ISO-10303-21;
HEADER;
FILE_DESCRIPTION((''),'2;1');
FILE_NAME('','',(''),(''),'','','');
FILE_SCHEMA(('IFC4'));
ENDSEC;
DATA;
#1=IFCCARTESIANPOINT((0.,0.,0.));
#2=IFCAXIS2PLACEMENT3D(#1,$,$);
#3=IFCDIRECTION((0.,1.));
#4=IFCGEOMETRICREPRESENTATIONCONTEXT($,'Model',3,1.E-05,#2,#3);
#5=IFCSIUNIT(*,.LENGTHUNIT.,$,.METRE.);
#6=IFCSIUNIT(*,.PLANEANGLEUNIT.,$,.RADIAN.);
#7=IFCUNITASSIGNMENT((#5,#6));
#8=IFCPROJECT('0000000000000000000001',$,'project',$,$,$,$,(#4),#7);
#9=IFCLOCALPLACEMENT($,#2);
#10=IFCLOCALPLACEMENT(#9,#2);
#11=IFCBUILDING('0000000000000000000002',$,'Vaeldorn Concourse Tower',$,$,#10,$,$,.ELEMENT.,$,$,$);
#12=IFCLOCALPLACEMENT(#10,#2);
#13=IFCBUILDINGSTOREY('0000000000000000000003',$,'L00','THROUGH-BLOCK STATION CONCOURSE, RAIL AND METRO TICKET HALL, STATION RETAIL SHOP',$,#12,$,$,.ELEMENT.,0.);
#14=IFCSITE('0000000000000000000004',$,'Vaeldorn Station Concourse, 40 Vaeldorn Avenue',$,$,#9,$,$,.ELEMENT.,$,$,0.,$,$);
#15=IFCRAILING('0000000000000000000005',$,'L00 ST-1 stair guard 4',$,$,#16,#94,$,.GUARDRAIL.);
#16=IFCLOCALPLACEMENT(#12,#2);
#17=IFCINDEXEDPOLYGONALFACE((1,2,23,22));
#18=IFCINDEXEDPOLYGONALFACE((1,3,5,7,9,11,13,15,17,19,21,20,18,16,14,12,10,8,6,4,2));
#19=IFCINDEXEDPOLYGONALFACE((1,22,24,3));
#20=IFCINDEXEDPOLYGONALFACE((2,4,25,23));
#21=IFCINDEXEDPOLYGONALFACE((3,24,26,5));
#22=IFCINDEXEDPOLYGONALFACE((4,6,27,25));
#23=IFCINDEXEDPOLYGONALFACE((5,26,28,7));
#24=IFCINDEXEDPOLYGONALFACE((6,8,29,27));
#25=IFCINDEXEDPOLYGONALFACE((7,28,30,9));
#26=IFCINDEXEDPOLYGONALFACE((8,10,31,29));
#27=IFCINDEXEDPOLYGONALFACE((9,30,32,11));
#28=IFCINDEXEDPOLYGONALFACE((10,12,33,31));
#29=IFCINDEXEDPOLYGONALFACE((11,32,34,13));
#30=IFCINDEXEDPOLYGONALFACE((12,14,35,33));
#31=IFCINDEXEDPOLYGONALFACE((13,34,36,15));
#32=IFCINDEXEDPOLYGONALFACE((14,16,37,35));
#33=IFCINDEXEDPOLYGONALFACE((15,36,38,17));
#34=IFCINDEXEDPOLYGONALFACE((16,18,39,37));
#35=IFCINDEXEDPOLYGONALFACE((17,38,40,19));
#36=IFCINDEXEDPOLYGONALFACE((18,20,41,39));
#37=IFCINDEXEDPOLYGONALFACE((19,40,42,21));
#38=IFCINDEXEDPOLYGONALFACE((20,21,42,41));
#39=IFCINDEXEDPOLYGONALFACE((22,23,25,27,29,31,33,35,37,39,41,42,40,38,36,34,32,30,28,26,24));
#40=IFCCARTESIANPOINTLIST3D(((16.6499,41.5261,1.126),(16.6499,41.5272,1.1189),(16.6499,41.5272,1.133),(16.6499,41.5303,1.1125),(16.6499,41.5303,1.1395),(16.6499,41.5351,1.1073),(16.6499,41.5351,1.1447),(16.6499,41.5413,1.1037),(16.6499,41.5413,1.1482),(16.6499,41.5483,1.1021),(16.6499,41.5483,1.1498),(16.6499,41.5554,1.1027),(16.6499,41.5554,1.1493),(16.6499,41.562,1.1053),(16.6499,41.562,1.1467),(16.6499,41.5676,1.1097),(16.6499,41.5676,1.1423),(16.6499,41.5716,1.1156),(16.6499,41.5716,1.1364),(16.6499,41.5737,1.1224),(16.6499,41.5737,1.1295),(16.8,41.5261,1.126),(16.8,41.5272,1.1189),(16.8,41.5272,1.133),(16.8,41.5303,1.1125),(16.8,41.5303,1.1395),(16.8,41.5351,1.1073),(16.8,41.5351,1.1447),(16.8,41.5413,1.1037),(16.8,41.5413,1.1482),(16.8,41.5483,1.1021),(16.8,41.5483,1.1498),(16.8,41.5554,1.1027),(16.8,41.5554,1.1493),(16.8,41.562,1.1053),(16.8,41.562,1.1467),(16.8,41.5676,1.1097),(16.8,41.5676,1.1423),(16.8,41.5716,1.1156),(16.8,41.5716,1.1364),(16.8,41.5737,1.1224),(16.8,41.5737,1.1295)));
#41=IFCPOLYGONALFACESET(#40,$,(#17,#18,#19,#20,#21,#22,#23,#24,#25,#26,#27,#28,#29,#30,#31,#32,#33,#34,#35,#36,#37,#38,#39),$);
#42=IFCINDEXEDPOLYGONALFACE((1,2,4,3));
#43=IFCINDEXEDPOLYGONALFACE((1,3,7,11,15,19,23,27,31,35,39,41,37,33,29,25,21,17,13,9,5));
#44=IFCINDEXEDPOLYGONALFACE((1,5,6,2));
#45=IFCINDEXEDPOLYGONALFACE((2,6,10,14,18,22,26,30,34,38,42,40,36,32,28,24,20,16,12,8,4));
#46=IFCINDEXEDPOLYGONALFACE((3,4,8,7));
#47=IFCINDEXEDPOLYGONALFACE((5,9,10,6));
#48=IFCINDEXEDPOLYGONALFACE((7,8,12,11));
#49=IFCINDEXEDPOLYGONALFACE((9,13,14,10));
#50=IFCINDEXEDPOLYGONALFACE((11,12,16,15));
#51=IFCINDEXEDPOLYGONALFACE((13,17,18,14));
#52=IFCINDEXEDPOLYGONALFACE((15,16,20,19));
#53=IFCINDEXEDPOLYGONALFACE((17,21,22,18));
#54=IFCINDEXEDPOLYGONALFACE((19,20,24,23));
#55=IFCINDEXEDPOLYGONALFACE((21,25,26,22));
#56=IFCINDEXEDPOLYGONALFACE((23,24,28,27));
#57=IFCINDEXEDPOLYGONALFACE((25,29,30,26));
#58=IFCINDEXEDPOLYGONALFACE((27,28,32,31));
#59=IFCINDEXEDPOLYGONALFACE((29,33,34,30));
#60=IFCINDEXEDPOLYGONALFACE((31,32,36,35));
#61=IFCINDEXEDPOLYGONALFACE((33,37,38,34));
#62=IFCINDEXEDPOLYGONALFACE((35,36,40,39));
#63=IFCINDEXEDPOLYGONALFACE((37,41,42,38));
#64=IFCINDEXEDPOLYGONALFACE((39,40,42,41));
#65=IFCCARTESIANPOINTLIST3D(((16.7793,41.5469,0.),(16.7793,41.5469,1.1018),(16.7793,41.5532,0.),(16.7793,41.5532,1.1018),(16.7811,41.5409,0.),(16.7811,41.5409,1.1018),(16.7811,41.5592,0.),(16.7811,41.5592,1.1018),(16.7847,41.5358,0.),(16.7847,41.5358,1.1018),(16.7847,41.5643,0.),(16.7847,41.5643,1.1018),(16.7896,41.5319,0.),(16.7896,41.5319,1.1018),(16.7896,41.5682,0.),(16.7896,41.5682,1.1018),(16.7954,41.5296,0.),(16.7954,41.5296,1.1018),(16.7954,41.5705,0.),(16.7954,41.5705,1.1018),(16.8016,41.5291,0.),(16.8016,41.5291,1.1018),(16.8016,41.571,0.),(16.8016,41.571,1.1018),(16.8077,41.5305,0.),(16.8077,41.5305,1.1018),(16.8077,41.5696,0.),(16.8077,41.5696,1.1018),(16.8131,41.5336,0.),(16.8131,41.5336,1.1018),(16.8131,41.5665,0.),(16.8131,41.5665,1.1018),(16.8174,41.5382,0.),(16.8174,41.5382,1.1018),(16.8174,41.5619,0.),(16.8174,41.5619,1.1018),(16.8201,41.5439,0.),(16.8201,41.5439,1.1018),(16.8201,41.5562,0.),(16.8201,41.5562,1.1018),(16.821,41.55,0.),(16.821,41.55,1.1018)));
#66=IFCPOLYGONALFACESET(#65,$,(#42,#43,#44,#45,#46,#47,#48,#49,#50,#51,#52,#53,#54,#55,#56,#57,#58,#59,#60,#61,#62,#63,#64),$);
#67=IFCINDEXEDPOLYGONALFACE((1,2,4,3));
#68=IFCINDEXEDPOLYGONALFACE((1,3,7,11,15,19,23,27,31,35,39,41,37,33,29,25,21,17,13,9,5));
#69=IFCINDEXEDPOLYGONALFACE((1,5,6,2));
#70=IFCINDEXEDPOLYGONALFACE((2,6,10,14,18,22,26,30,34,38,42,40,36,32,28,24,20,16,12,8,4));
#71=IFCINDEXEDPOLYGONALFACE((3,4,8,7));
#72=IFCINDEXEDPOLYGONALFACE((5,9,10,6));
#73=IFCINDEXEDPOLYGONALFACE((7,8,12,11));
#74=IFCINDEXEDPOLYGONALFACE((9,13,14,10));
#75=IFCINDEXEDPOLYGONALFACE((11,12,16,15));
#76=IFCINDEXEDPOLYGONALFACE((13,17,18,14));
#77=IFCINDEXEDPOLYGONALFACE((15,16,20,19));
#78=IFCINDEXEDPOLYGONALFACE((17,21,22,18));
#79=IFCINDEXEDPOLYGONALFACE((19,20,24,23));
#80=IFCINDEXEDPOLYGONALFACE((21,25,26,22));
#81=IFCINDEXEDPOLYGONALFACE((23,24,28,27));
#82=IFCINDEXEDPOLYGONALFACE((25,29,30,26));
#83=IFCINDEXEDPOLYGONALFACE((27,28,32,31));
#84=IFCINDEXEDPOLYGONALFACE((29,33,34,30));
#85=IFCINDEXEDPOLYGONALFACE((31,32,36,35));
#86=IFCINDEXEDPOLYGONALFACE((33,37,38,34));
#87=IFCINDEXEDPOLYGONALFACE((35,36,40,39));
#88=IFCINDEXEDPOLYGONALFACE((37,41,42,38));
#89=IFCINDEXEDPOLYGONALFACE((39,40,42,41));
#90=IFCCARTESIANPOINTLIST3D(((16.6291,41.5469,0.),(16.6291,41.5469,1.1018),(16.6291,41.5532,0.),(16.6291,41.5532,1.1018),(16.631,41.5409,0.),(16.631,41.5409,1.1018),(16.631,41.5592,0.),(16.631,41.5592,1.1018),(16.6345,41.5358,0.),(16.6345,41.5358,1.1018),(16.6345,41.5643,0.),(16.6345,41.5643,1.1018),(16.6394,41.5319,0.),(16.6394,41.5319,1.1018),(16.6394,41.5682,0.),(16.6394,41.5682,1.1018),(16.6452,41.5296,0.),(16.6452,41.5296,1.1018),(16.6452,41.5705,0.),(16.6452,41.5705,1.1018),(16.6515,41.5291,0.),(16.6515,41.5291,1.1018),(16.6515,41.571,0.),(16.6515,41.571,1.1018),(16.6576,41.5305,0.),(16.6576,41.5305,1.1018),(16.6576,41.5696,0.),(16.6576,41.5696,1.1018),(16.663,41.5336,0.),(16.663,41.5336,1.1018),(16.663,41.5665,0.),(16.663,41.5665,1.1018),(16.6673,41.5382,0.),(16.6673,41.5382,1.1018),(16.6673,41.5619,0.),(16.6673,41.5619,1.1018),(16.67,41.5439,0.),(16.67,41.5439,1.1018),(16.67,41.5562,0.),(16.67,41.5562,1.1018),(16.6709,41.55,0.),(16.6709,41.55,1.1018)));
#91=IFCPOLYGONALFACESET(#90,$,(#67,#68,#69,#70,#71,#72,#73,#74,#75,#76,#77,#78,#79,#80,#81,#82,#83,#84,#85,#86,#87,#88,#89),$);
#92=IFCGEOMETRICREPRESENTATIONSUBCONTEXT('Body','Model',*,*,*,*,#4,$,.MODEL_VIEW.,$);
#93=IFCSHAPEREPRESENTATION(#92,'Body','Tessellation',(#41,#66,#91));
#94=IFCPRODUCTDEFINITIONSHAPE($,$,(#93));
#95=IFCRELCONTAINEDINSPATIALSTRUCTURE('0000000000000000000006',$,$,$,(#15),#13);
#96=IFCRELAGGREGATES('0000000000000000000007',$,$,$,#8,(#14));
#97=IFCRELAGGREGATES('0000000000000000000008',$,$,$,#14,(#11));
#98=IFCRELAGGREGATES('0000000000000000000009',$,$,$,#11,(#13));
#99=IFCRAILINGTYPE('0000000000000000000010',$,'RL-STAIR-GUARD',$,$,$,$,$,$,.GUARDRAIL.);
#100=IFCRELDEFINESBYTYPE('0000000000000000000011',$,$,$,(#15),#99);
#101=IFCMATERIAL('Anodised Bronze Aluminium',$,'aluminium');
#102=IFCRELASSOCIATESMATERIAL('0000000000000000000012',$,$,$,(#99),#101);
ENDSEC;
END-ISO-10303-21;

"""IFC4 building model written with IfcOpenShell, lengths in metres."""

from ifc_helpers import new_model, si_unit, direction, frame, origin, origin_2d, place, context, subcontext, project, spatial, circle, extrude, material, type_object, element, save


model = new_model("IFC4")

# Units and contexts
model_context = context("Model", 3, precision=1e-05, world=origin(), true_north=direction((0.0, 1.0)))
body_context = subcontext(model_context, "Body", "Model", "MODEL_VIEW")
ifc_project = project(units=[si_unit("LENGTHUNIT", "METRE"), si_unit("PLANEANGLEUNIT", "RADIAN")], contexts=[model_context])

# Site, building, storey
site_placement = place(None, origin())
site = spatial("IfcSite", under=ifc_project, at=site_placement, Name="Vaeldorn Station Concourse, 40 Vaeldorn Avenue", CompositionType="ELEMENT", RefElevation=0.0)
building_placement = place(site_placement, origin())
building = spatial("IfcBuilding", under=site, at=building_placement, Name="Vaeldorn Concourse Tower", CompositionType="ELEMENT")
storey_placement = place(building_placement, origin())
storey = spatial("IfcBuildingStorey", under=building, at=storey_placement, Name="L00", Description="THROUGH-BLOCK STATION CONCOURSE, RAIL AND METRO TICKET HALL, STATION RETAIL SHOP", CompositionType="ELEMENT", Elevation=0.0)

# Railing
ifc_material_1 = material(Name="Anodised Bronze Aluminium", Category="aluminium")
railing_type_1 = type_object("IfcRailingType", Name="RL-STAIR-GUARD", PredefinedType="GUARDRAIL", material=ifc_material_1)
railing_1_placement = place(storey_placement, frame((16.8, 41.55, 0.0)))
element("IfcRailing", 1, at=railing_1_placement, inside=storey, type_object=railing_type_1, Name="L00 ST-1 stair guard 4", PredefinedType="GUARDRAIL", context=body_context, shape_type="SweptSolid", body=[
    extrude(circle(Radius=0.0239, at=origin_2d()), frame((0.0, 0.0, 1.126), z_axis=(-1.0, 0.0, 0.0), x_axis=(0.0, -1.0, 0.0)), (0.0, 0.0, 1.0), 0.1501),
    extrude(circle(Radius=0.021, at=origin_2d()), origin(), (0.0, 0.0, 1.0), 1.1018),
    extrude(circle(Radius=0.021, at=origin_2d()), frame((-0.1501, 0.0, 0.0)), (0.0, 0.0, 1.0), 1.1018),
])

save(model, "model.ifc")
